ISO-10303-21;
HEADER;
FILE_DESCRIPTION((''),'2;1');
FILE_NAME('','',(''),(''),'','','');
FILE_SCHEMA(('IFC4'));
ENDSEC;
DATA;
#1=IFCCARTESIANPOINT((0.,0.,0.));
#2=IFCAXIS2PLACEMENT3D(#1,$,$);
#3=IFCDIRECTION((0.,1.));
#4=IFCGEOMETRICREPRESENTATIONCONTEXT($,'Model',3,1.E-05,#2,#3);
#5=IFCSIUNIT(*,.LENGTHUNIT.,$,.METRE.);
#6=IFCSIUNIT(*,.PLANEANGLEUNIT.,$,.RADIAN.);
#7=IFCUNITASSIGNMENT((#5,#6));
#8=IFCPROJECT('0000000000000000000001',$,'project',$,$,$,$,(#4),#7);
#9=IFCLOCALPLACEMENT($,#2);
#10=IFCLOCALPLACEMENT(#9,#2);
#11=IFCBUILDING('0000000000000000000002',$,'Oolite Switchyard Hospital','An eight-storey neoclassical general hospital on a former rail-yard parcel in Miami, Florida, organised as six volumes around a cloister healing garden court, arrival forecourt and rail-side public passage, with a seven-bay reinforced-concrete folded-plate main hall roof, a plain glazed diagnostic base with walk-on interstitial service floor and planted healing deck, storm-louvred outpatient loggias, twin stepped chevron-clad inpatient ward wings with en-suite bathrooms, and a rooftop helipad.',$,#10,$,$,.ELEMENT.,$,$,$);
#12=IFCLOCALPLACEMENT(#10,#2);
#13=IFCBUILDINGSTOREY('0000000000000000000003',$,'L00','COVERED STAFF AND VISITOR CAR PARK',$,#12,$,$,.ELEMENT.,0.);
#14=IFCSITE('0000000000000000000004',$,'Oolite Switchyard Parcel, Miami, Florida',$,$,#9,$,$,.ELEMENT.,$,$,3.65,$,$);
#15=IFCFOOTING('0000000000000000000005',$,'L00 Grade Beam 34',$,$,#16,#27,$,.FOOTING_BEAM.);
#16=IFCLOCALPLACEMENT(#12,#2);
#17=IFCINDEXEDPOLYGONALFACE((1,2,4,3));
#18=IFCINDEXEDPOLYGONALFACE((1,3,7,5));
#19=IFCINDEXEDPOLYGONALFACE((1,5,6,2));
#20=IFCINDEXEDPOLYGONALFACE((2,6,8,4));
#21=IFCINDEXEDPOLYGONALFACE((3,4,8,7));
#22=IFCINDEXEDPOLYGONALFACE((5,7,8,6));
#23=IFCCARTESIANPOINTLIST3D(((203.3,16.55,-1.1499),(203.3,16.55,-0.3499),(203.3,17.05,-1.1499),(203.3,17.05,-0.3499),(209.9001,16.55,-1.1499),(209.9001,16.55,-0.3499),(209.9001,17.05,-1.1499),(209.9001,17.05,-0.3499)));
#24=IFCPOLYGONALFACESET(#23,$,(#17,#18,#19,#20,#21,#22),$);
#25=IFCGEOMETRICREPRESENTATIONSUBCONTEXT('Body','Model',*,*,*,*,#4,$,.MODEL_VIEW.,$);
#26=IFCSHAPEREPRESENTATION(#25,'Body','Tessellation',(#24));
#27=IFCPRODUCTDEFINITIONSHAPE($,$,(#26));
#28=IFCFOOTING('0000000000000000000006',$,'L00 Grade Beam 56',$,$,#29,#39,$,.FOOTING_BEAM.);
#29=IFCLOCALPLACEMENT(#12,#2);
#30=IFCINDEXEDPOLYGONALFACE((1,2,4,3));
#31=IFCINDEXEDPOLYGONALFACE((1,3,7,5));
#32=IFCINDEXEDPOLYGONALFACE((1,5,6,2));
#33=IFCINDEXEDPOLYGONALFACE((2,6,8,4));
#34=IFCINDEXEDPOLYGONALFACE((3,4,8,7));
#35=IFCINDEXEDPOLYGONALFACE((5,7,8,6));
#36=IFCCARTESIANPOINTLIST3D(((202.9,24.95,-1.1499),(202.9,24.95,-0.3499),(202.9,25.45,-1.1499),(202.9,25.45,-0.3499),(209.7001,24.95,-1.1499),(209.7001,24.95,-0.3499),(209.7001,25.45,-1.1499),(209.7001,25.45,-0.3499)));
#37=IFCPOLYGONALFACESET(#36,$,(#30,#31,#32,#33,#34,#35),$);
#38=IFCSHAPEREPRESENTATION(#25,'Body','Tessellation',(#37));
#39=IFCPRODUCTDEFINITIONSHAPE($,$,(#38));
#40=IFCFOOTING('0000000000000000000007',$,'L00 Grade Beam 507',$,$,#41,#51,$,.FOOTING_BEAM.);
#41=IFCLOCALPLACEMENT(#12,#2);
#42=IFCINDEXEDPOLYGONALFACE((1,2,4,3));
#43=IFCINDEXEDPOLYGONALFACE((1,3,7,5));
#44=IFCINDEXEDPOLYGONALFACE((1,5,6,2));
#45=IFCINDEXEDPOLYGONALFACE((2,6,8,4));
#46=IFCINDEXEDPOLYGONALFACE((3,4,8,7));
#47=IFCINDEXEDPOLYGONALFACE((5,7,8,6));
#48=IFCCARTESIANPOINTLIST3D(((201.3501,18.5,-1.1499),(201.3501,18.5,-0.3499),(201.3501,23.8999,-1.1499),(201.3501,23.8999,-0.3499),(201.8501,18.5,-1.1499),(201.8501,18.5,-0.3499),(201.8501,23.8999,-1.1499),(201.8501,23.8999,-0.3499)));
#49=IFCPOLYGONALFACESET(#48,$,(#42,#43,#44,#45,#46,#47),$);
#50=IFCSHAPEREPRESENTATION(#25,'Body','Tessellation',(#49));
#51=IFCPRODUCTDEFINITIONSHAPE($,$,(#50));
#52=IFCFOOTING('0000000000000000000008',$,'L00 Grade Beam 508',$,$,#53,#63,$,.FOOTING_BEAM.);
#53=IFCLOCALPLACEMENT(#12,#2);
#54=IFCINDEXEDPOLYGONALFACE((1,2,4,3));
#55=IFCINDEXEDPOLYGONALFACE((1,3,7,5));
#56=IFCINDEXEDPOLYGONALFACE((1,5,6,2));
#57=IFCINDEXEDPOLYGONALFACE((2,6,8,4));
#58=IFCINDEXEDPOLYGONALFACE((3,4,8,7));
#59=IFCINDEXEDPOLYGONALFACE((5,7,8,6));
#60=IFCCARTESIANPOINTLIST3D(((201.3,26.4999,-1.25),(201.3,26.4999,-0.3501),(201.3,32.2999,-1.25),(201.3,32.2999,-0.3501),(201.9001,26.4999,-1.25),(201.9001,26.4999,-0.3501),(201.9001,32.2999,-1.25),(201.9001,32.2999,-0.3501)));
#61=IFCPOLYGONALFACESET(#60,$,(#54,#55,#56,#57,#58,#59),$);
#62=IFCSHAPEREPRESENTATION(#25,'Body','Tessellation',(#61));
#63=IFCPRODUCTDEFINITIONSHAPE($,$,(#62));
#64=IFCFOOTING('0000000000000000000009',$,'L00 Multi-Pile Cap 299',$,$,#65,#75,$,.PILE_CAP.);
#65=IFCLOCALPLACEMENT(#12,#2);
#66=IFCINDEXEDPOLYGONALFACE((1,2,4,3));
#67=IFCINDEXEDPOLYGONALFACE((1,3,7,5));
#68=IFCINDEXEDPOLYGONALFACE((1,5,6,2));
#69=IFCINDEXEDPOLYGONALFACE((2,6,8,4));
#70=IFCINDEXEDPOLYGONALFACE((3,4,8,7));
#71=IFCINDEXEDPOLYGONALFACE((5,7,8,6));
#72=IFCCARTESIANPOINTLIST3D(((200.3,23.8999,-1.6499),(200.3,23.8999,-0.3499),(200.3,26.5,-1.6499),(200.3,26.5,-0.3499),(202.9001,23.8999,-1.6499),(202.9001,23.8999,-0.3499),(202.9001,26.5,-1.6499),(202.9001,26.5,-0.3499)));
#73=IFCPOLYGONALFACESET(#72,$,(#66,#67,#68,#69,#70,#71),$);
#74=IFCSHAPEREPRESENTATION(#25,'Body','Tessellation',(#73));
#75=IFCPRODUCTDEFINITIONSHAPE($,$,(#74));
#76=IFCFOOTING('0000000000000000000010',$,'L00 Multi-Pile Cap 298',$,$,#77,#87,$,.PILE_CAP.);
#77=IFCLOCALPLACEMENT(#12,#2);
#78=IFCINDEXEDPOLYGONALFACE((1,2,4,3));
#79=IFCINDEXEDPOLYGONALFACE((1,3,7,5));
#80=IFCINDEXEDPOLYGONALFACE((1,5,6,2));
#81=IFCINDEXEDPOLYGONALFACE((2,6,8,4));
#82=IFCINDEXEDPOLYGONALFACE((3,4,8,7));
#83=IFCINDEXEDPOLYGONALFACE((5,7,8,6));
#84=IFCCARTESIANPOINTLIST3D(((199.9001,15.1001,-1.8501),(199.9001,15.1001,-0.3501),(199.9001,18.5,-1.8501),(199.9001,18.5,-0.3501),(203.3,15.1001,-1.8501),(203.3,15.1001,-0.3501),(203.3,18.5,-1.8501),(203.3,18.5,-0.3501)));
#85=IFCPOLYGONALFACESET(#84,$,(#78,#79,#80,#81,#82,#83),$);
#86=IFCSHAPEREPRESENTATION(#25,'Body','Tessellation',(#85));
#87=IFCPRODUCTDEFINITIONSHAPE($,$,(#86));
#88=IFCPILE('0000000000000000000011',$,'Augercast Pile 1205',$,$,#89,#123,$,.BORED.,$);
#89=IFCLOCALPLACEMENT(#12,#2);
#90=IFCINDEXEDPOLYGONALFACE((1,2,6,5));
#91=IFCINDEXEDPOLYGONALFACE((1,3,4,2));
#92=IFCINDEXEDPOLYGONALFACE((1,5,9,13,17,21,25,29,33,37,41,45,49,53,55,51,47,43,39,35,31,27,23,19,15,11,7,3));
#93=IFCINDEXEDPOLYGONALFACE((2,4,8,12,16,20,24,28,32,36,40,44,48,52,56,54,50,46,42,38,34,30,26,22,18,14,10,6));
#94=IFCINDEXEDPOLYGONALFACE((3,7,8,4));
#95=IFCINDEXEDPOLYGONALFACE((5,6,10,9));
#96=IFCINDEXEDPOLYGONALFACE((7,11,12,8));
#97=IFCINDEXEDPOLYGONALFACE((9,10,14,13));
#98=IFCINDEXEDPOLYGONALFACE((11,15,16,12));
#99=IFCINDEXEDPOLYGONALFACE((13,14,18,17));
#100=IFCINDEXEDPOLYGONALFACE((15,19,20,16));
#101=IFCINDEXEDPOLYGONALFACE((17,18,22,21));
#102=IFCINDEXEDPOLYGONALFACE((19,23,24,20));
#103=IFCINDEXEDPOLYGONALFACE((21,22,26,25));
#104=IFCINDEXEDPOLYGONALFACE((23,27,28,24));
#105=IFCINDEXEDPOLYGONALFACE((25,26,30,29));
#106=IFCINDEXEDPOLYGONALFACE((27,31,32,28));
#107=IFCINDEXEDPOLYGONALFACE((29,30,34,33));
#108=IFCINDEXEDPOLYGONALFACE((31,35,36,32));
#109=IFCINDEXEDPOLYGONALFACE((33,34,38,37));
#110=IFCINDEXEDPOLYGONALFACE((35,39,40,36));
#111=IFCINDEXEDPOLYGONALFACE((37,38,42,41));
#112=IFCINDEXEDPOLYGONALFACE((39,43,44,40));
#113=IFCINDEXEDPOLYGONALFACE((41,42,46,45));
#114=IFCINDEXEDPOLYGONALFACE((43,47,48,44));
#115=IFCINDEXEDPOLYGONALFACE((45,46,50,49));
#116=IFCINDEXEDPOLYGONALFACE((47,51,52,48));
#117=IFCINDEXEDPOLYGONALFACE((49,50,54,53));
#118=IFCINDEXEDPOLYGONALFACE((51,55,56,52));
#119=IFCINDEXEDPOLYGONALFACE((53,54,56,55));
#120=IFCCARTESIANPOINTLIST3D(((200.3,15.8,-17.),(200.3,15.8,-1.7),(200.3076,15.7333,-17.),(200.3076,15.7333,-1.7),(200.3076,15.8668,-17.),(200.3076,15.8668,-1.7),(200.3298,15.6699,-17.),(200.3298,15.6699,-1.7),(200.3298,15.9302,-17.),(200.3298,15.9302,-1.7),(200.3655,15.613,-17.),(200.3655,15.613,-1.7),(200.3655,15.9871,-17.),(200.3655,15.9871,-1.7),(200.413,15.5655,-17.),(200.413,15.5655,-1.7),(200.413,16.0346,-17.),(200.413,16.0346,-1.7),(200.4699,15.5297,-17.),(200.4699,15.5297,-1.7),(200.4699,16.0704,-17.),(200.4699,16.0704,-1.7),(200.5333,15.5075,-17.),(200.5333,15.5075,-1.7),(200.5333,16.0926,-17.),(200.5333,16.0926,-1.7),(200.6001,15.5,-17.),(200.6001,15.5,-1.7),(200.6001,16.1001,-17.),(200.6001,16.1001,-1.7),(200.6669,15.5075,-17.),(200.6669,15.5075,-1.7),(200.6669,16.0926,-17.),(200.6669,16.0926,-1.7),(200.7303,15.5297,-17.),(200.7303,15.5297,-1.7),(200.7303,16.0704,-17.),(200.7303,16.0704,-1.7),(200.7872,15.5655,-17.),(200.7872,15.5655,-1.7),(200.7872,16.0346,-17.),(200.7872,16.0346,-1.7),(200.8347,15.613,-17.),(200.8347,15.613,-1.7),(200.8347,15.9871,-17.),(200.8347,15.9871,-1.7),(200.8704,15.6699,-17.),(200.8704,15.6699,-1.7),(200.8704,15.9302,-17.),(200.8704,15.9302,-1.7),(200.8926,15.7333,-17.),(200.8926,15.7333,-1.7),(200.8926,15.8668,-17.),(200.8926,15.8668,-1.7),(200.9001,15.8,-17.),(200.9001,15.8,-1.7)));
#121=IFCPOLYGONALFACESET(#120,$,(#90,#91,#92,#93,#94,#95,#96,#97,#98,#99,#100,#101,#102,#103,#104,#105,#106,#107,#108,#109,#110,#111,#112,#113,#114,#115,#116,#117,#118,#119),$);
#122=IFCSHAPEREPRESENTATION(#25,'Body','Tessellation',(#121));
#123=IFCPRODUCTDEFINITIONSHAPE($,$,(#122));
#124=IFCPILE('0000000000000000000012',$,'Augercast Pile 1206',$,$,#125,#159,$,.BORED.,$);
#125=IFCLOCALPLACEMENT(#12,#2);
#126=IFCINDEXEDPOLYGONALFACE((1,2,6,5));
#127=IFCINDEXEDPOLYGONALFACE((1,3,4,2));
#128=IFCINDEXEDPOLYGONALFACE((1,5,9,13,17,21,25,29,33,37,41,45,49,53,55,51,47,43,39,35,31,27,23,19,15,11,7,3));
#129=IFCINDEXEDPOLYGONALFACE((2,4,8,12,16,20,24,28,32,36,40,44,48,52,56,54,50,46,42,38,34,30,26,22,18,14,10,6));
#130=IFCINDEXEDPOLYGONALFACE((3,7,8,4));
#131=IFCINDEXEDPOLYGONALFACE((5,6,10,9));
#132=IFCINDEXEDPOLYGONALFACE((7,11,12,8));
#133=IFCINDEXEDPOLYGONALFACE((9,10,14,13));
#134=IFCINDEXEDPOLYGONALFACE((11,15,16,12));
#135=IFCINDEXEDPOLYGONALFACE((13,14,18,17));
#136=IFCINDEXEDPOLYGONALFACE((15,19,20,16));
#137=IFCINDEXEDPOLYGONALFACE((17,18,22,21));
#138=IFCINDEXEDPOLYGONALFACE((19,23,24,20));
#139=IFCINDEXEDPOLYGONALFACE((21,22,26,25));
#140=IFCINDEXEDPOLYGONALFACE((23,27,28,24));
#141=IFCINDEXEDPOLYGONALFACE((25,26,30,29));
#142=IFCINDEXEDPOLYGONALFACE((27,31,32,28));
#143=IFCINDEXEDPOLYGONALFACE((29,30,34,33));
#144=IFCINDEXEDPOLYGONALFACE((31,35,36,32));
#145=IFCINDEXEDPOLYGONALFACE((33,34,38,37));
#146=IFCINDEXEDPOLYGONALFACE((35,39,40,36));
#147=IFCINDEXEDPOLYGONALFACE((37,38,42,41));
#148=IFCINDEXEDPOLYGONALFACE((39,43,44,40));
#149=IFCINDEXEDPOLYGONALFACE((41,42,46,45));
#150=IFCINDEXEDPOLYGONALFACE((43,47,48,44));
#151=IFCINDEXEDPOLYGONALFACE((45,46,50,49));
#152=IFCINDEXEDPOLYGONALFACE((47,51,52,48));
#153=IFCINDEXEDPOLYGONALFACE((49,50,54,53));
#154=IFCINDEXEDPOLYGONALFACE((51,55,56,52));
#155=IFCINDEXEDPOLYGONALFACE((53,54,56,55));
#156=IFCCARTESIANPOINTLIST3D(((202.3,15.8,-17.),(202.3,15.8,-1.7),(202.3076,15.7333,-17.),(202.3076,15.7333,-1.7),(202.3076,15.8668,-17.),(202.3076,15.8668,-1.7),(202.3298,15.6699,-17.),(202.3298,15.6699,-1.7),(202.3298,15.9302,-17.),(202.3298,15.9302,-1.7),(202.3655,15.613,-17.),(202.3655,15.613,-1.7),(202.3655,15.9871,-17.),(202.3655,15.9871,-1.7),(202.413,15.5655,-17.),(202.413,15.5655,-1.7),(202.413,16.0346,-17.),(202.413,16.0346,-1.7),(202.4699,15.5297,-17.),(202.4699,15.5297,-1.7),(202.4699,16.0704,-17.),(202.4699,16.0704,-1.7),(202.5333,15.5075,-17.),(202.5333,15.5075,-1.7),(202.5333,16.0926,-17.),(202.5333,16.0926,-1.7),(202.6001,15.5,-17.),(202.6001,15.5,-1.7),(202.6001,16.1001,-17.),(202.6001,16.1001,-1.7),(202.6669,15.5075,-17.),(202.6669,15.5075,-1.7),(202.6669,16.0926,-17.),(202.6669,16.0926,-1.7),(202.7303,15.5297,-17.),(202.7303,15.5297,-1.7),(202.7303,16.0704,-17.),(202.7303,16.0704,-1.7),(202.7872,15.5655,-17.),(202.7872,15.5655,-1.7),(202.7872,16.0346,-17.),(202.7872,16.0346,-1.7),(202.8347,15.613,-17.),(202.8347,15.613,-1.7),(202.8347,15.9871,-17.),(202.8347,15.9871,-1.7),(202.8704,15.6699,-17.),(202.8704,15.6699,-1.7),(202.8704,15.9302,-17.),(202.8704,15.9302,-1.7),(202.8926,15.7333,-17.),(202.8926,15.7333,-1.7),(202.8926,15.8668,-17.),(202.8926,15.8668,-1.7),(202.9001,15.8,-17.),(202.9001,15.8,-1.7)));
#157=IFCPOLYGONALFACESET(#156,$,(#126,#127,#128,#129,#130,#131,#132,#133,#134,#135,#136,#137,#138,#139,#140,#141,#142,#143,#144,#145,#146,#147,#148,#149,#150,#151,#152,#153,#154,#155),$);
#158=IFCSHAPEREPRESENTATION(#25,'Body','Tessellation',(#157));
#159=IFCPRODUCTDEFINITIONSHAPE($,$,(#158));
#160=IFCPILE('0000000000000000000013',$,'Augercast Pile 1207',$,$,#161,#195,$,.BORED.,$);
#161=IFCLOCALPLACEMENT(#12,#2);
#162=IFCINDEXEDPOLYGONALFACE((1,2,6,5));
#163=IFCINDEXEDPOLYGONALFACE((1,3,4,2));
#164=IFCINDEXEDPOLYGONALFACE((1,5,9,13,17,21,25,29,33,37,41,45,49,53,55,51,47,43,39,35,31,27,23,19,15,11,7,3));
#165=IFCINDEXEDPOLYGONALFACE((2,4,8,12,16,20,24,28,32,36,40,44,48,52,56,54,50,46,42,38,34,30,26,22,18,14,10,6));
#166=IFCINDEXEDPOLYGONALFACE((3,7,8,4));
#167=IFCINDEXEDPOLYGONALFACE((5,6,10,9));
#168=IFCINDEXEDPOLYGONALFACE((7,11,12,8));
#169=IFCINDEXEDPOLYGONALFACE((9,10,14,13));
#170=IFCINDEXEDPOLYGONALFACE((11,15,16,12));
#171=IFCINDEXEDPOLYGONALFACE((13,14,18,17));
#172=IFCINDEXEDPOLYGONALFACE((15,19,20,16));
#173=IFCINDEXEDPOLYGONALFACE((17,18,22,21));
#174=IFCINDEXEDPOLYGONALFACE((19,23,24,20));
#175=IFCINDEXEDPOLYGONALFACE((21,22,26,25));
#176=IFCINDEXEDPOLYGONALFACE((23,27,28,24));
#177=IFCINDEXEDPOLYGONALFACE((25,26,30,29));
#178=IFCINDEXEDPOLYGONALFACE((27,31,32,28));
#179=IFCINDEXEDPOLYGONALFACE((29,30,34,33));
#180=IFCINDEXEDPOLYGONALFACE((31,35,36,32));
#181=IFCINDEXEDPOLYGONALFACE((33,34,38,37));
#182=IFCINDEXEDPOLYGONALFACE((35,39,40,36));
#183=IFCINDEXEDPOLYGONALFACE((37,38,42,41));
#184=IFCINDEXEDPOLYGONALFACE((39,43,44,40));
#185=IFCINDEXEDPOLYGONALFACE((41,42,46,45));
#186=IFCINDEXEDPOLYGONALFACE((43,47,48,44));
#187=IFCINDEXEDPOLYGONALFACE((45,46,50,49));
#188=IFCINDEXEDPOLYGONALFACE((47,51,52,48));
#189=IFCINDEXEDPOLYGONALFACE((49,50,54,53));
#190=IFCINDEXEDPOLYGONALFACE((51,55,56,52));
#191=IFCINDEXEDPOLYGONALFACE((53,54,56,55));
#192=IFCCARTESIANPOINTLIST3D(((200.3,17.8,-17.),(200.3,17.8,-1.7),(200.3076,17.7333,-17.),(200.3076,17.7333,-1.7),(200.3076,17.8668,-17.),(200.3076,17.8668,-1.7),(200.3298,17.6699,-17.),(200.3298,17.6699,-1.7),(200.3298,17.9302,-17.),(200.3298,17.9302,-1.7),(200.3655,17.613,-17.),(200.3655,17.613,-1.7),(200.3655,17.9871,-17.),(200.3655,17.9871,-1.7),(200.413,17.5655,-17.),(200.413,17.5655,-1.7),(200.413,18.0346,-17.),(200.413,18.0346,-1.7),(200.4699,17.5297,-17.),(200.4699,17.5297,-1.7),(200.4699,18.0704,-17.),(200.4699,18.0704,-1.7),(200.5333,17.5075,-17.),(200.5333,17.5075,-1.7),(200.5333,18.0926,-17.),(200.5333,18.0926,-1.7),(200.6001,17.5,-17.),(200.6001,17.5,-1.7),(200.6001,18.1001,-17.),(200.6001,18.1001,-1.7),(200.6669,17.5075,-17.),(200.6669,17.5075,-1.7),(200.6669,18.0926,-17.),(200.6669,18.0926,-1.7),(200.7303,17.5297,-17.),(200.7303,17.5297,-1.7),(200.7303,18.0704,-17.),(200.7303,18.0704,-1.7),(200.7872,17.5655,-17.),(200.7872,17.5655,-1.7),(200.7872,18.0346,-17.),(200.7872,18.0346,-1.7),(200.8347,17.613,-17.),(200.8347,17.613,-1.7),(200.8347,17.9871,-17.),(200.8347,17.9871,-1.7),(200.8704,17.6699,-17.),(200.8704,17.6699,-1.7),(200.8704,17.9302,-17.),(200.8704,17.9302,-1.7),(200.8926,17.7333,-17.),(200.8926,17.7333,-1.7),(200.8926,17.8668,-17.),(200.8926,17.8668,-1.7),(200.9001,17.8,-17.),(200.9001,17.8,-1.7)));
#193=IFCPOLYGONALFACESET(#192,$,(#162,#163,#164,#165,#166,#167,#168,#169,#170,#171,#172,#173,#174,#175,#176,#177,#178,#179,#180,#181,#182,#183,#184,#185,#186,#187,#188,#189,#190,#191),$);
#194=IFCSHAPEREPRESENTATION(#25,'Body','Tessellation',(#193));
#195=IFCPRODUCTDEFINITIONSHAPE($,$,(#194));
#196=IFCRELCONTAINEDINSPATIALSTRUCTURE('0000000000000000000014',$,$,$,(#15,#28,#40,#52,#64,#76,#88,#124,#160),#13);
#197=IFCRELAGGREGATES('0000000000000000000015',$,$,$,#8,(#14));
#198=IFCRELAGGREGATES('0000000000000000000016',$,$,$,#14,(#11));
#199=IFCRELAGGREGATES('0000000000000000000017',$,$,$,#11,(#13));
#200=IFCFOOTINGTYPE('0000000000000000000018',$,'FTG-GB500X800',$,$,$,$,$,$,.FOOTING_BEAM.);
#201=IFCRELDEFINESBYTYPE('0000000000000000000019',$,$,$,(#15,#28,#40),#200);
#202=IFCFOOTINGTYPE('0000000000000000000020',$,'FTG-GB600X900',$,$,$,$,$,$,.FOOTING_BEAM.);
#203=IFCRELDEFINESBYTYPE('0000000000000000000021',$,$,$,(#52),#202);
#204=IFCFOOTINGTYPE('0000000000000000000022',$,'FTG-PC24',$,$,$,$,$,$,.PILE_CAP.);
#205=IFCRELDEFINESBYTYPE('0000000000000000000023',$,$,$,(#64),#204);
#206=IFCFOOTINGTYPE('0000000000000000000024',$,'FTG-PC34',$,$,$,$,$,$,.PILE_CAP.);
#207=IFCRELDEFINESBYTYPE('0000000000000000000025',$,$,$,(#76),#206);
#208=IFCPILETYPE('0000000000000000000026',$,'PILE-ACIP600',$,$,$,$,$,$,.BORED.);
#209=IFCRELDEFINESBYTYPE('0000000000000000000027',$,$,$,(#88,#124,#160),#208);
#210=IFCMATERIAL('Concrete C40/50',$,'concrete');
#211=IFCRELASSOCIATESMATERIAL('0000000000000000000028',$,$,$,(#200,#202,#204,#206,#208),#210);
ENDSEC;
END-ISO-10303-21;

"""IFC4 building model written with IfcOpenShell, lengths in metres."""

from ifc_helpers import new_model, si_unit, direction, frame, origin, origin_2d, place, context, subcontext, project, spatial, rectangle, circle, extrude, material, material_profile, profile_set, type_object, element, save


model = new_model("IFC4")

# Units and contexts
model_context = context("Model", 3, precision=1e-05, world=origin(), true_north=direction((0.0, 1.0)))
body_context = subcontext(model_context, "Body", "Model", "MODEL_VIEW")
ifc_project = project(units=[si_unit("LENGTHUNIT", "METRE"), si_unit("PLANEANGLEUNIT", "RADIAN")], contexts=[model_context])

# Site, building, storey
site_placement = place(None, origin())
site = spatial("IfcSite", under=ifc_project, at=site_placement, Name="Oolite Switchyard Parcel, Miami, Florida", CompositionType="ELEMENT", RefElevation=3.65)
building_placement = place(site_placement, origin())
building = spatial("IfcBuilding", under=site, at=building_placement, Name="Oolite Switchyard Hospital", Description="An eight-storey neoclassical general hospital on a former rail-yard parcel in Miami, Florida, organised as six volumes around a cloister healing garden court, arrival forecourt and rail-side public passage, with a seven-bay reinforced-concrete folded-plate main hall roof, a plain glazed diagnostic base with walk-on interstitial service floor and planted healing deck, storm-louvred outpatient loggias, twin stepped chevron-clad inpatient ward wings with en-suite bathrooms, and a rooftop helipad.", CompositionType="ELEMENT")
storey_placement = place(building_placement, origin())
storey = spatial("IfcBuildingStorey", under=building, at=storey_placement, Name="L00", Description="COVERED STAFF AND VISITOR CAR PARK", CompositionType="ELEMENT", Elevation=0.0)

# Footings
ifc_material_1 = material(Name="Concrete C40/50", Category="concrete")
footing_type_1 = type_object("IfcFootingType", Name="FTG-GB500X800", PredefinedType="FOOTING_BEAM", material=ifc_material_1)
footing_1_placement = place(storey_placement, frame((206.6001, 16.8, -1.1499), z_axis=(0.0, 0.0, 1.0), x_axis=(1.0, 0.0, 0.0)))
element("IfcFooting", 1, at=footing_1_placement, inside=storey, type_object=footing_type_1, Name="L00 Grade Beam 34", PredefinedType="FOOTING_BEAM", context=body_context, shape_type="SweptSolid", body=[
    extrude(rectangle(XDim=6.6001, YDim=0.5, at=origin_2d()), origin(), (0.0, 0.0, 1.0), 0.8),
])
footing_2_placement = place(storey_placement, frame((206.3, 25.2, -1.1499), z_axis=(0.0, 0.0, 1.0), x_axis=(1.0, 0.0, 0.0)))
element("IfcFooting", 2, at=footing_2_placement, inside=storey, type_object=footing_type_1, Name="L00 Grade Beam 56", PredefinedType="FOOTING_BEAM", context=body_context, shape_type="SweptSolid", body=[
    extrude(rectangle(XDim=6.8, YDim=0.5, at=origin_2d()), origin(), (0.0, 0.0, 1.0), 0.8),
])
footing_3_placement = place(storey_placement, frame((201.6001, 21.2, -1.1499), z_axis=(0.0, 0.0, 1.0), x_axis=(0.0, 1.0, 0.0)))
element("IfcFooting", 3, at=footing_3_placement, inside=storey, type_object=footing_type_1, Name="L00 Grade Beam 507", PredefinedType="FOOTING_BEAM", context=body_context, shape_type="SweptSolid", body=[
    extrude(rectangle(XDim=5.3999, YDim=0.5, at=origin_2d()), origin(), (0.0, 0.0, 1.0), 0.8),
])
footing_type_2 = type_object("IfcFootingType", Name="FTG-GB600X900", PredefinedType="FOOTING_BEAM", material=ifc_material_1)
footing_4_placement = place(storey_placement, frame((201.6001, 29.3999, -1.25), z_axis=(0.0, 0.0, 1.0), x_axis=(0.0, 1.0, 0.0)))
element("IfcFooting", 4, at=footing_4_placement, inside=storey, type_object=footing_type_2, Name="L00 Grade Beam 508", PredefinedType="FOOTING_BEAM", context=body_context, shape_type="SweptSolid", body=[
    extrude(rectangle(XDim=5.8, YDim=0.6001, at=origin_2d()), origin(), (0.0, 0.0, 1.0), 0.8999),
])
footing_type_3 = type_object("IfcFootingType", Name="FTG-PC24", PredefinedType="PILE_CAP", material=ifc_material_1)
footing_5_placement = place(storey_placement, frame((201.6001, 25.2, -1.6499), z_axis=(0.0, 0.0, 1.0), x_axis=(1.0, 0.0, 0.0)))
element("IfcFooting", 5, at=footing_5_placement, inside=storey, type_object=footing_type_3, Name="L00 Multi-Pile Cap 299", PredefinedType="PILE_CAP", context=body_context, shape_type="SweptSolid", body=[
    extrude(rectangle(XDim=2.6001, YDim=2.6001, at=origin_2d()), origin(), (0.0, 0.0, 1.0), 1.3),
])
footing_type_4 = type_object("IfcFootingType", Name="FTG-PC34", PredefinedType="PILE_CAP", material=ifc_material_1)
footing_6_placement = place(storey_placement, frame((201.6001, 16.8, -1.8501), z_axis=(0.0, 0.0, 1.0), x_axis=(1.0, 0.0, 0.0)))
element("IfcFooting", 6, at=footing_6_placement, inside=storey, type_object=footing_type_4, Name="L00 Multi-Pile Cap 298", PredefinedType="PILE_CAP", context=body_context, shape_type="SweptSolid", body=[
    extrude(rectangle(XDim=3.3999, YDim=3.3999, at=origin_2d()), origin(), (0.0, 0.0, 1.0), 1.5),
])

# Piles
ifc_material_profile_1 = material_profile(ifc_material_1, circle(Radius=0.3, at=origin_2d()), Name="PILE600")
ifc_profile_set_1 = profile_set([ifc_material_profile_1], Name="Concrete C40/50")
pile_type = type_object("IfcPileType", Name="PILE-ACIP600", PredefinedType="BORED", material=ifc_profile_set_1)
for number, where, z_axis, x_axis, name in (
    (7, (200.6001, 15.8, -1.7), (0.0, 0.0, -1.0), (1.0, 0.0, 0.0), "Augercast Pile 1205"),
    (8, (202.6001, 15.8, -1.7), (0.0, 0.0, -1.0), (1.0, 0.0, 0.0), "Augercast Pile 1206"),
    (9, (200.6001, 17.8, -1.7), (0.0, 0.0, -1.0), (1.0, 0.0, 0.0), "Augercast Pile 1207"),
):
    element("IfcPile", number, at=place(storey_placement, frame(where, z_axis=z_axis, x_axis=x_axis)), inside=storey, type_object=pile_type, Name=name, PredefinedType="BORED", context=body_context, shape_type="SweptSolid", body=[
        extrude(circle(Radius=0.3, at=origin_2d()), origin(), (0.0, 0.0, 1.0), 15.3),
    ])

save(model, "model.ifc")
